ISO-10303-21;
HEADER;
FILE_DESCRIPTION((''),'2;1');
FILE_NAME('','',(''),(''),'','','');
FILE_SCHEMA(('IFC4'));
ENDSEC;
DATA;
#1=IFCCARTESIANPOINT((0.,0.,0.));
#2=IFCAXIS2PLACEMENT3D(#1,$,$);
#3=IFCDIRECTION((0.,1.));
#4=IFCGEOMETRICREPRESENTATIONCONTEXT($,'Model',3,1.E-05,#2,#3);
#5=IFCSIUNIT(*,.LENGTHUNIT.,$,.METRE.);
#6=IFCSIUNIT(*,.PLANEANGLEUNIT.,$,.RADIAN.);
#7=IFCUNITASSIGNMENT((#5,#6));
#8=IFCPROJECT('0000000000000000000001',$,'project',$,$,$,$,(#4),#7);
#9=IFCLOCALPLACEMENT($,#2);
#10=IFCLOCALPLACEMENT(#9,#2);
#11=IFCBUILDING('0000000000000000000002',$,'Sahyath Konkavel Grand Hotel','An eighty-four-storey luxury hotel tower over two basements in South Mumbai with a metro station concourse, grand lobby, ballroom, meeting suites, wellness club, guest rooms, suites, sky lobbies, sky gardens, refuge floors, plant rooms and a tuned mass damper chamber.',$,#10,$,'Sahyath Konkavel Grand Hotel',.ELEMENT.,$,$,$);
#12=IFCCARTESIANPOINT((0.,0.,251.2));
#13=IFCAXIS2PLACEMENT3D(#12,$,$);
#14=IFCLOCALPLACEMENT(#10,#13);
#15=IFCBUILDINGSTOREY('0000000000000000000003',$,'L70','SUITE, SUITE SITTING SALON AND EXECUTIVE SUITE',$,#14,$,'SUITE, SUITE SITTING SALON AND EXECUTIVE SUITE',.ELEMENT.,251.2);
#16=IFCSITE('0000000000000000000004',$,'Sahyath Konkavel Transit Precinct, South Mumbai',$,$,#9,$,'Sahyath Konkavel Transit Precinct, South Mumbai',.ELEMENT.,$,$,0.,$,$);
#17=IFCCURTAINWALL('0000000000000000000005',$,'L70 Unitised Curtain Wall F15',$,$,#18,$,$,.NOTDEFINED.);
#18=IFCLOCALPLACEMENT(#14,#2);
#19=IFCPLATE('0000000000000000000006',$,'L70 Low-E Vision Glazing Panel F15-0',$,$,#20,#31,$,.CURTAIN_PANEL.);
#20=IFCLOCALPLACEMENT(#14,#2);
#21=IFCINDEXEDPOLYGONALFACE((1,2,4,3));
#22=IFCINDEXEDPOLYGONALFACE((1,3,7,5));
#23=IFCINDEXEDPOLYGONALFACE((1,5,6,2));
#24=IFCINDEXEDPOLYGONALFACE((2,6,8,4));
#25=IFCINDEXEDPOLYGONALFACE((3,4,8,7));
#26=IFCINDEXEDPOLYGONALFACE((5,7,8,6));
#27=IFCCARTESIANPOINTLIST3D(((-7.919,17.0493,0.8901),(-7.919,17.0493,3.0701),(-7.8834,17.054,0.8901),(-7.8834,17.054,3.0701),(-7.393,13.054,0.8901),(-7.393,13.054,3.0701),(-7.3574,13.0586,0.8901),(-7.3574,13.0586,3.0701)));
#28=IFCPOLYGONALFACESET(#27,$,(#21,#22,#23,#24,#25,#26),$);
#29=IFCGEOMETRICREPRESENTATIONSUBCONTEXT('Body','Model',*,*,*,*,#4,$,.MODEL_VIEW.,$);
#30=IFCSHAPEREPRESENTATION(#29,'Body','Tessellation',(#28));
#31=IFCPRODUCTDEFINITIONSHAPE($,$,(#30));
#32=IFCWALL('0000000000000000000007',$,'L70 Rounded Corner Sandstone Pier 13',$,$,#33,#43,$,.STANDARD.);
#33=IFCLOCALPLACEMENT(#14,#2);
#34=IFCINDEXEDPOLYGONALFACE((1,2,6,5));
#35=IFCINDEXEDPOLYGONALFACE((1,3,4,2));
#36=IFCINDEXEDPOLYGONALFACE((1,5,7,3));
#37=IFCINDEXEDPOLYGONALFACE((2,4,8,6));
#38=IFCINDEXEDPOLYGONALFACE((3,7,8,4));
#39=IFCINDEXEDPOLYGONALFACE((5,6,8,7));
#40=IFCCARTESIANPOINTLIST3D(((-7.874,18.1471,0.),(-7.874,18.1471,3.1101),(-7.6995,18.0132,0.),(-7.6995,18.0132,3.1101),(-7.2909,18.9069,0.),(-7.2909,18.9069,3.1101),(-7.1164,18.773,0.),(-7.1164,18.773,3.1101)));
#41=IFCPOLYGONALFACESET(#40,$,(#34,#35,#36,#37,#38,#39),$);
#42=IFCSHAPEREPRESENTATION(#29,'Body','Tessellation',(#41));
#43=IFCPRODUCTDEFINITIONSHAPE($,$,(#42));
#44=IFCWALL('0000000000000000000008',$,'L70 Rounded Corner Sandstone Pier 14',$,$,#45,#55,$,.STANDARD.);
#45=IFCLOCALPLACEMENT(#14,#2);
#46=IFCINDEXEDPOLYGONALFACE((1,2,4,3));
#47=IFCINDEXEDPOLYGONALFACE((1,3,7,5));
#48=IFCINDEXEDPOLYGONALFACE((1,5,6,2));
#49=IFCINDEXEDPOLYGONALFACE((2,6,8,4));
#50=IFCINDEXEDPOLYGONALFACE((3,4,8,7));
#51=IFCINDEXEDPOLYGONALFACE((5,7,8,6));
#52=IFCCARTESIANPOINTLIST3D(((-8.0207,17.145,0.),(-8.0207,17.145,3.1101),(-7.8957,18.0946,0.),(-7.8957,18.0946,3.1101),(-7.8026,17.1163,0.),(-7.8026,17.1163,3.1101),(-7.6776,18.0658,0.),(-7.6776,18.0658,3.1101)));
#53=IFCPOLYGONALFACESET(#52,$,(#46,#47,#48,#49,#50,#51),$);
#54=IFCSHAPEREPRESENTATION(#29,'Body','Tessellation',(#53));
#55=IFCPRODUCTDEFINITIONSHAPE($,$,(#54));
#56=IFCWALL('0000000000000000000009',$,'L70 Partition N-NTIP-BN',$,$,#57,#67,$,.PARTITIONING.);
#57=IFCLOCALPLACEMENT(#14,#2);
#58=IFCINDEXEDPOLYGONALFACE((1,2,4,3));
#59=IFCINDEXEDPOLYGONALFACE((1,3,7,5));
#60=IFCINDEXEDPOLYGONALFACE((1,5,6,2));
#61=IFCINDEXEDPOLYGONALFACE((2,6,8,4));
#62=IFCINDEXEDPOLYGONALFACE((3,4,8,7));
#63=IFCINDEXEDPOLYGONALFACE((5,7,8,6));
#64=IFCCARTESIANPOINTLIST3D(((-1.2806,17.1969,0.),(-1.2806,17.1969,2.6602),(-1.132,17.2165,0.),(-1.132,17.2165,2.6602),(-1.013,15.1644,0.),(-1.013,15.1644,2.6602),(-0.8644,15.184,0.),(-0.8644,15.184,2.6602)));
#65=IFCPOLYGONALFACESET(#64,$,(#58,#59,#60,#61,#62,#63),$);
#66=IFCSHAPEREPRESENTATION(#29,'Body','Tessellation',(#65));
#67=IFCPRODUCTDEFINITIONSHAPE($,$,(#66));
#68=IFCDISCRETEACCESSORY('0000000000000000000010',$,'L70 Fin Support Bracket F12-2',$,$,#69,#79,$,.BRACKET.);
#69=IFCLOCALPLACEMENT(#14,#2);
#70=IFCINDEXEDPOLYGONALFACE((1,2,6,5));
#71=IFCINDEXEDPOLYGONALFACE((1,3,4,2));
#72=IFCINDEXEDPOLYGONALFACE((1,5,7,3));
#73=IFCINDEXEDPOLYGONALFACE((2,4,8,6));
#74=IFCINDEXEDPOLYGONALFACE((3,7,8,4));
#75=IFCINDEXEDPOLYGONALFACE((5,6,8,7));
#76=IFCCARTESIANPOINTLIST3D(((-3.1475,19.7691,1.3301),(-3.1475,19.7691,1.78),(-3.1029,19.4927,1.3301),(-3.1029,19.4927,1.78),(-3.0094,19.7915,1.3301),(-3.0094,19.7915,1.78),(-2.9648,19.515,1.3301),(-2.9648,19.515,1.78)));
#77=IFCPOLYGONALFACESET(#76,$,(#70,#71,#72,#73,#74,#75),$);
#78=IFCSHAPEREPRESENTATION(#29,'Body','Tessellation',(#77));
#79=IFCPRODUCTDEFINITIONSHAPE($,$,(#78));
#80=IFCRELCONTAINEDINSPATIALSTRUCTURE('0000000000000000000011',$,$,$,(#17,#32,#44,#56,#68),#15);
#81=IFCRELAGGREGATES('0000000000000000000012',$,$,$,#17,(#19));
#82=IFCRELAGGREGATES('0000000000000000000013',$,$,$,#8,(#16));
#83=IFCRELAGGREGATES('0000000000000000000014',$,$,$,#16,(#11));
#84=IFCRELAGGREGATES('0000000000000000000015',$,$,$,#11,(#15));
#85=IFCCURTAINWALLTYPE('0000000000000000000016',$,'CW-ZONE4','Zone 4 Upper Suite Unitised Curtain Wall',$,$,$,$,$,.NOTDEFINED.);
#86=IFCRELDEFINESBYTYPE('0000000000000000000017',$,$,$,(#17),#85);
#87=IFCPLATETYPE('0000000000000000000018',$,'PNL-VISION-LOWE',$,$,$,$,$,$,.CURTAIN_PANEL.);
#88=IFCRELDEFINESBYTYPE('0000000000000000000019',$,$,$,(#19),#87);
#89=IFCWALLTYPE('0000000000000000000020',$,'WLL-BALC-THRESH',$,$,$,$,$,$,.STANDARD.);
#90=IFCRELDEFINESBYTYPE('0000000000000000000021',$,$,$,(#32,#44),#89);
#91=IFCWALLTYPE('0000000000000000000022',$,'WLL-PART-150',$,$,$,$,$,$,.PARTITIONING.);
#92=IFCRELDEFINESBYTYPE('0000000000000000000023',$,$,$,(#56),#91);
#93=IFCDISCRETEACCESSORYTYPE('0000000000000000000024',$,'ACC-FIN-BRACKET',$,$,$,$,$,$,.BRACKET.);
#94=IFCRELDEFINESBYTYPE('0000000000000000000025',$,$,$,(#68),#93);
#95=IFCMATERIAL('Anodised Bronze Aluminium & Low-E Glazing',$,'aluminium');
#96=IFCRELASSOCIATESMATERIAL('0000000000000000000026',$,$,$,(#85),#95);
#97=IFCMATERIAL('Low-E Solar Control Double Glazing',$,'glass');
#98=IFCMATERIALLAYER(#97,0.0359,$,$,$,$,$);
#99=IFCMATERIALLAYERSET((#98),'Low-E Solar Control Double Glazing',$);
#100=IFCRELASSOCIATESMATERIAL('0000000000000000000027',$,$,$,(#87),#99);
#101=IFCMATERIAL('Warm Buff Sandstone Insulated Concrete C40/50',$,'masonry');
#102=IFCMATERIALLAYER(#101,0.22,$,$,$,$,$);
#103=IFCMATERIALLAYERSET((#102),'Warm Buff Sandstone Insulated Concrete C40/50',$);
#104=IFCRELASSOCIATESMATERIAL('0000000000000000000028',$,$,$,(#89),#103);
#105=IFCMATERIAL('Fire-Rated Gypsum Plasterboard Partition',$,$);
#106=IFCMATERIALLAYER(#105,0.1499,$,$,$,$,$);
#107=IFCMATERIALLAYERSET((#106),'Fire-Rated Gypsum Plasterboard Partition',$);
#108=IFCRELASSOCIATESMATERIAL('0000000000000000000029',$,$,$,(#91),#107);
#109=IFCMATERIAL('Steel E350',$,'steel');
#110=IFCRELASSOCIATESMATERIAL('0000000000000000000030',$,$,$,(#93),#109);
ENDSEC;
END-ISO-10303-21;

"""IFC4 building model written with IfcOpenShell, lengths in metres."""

from ifc_helpers import new_model, si_unit, direction, frame, frame_2d, origin, origin_2d, place, context, subcontext, project, spatial, rectangle, extrude, source, transform, mapped, material, layer, layer_set, type_object, element, aggregate, save


model = new_model("IFC4")

# Units and contexts
model_context = context("Model", 3, precision=1e-05, world=origin(), true_north=direction((0.0, 1.0)))
body_context = subcontext(model_context, "Body", "Model", "MODEL_VIEW")
ifc_project = project(units=[si_unit("LENGTHUNIT", "METRE"), si_unit("PLANEANGLEUNIT", "RADIAN")], contexts=[model_context])

# Site, building, storey
site_placement = place(None, origin())
site = spatial("IfcSite", under=ifc_project, at=site_placement, Name="Sahyath Konkavel Transit Precinct, South Mumbai", LongName="Sahyath Konkavel Transit Precinct, South Mumbai", CompositionType="ELEMENT", RefElevation=0.0)
building_placement = place(site_placement, origin())
building = spatial("IfcBuilding", under=site, at=building_placement, Name="Sahyath Konkavel Grand Hotel", Description="An eighty-four-storey luxury hotel tower over two basements in South Mumbai with a metro station concourse, grand lobby, ballroom, meeting suites, wellness club, guest rooms, suites, sky lobbies, sky gardens, refuge floors, plant rooms and a tuned mass damper chamber.", LongName="Sahyath Konkavel Grand Hotel", CompositionType="ELEMENT")
storey_placement = place(building_placement, frame((0.0, 0.0, 251.2)))
storey = spatial("IfcBuildingStorey", under=building, at=storey_placement, Name="L70", Description="SUITE, SUITE SITTING SALON AND EXECUTIVE SUITE", LongName="SUITE, SUITE SITTING SALON AND EXECUTIVE SUITE", CompositionType="ELEMENT", Elevation=251.2)

# Shared definitions
ifc_material_1 = material(Name="Steel E350", Category="steel")

# Curtain wall
ifc_material_2 = material(Name="Anodised Bronze Aluminium & Low-E Glazing", Category="aluminium")
curtain_wall_type = type_object("IfcCurtainWallType", Name="CW-ZONE4", Description="Zone 4 Upper Suite Unitised Curtain Wall", PredefinedType="NOTDEFINED", material=ifc_material_2)
curtain_wall_1_placement = place(storey_placement, origin())
curtain_wall_1 = element("IfcCurtainWall", 1, at=curtain_wall_1_placement, inside=storey, type_object=curtain_wall_type, Name="L70 Unitised Curtain Wall F15", PredefinedType="NOTDEFINED")

# Plate
ifc_material_3 = material(Name="Low-E Solar Control Double Glazing", Category="glass")
ifc_layer_1 = layer(ifc_material_3, 0.0359)
ifc_layer_set_1 = layer_set([ifc_layer_1], Name="Low-E Solar Control Double Glazing")
plate_type_1 = type_object("IfcPlateType", Name="PNL-VISION-LOWE", PredefinedType="CURTAIN_PANEL", material=ifc_layer_set_1)
shared_shape_1 = source(origin(), body_context, "Body", "SweptSolid", [
    extrude(rectangle(XDim=4.0298, YDim=0.0359, at=origin_2d()), origin(), (0.0, 0.0, 1.0), 2.1799),
])
plate_1_placement = place(storey_placement, frame((-7.6382, 15.054, 0.8901), z_axis=(0.0, 0.0, 1.0), x_axis=(0.130526, -0.991445, 0.0)))
plate_1 = element("IfcPlate", 2, at=plate_1_placement, type_object=plate_type_1, Name="L70 Low-E Vision Glazing Panel F15-0", PredefinedType="CURTAIN_PANEL", context=body_context, shape_type="MappedRepresentation", body=[
    mapped(shared_shape_1, transform((0.0, 0.0, 0.0), scale=1.0)),
])
aggregate(curtain_wall_1, [plate_1])

# Walls
ifc_material_4 = material(Name="Warm Buff Sandstone Insulated Concrete C40/50", Category="masonry")
ifc_layer_2 = layer(ifc_material_4, 0.22)
ifc_layer_set_2 = layer_set([ifc_layer_2], Name="Warm Buff Sandstone Insulated Concrete C40/50")
wall_type_1 = type_object("IfcWallType", Name="WLL-BALC-THRESH", PredefinedType="STANDARD", material=ifc_layer_set_2)
for number, where, z_axis, x_axis, name in (
    (3, (-7.2036, 18.8401, 0.0), (0.0, 0.0, 1.0), (-0.608774, -0.793344, 0.0), "L70 Rounded Corner Sandstone Pier 13"),
    (4, (-7.7866, 18.0803, 0.0), (0.0, 0.0, 1.0), (-0.130527, -0.991445, 0.0), "L70 Rounded Corner Sandstone Pier 14"),
):
    element("IfcWall", number, at=place(storey_placement, frame(where, z_axis=z_axis, x_axis=x_axis)), inside=storey, type_object=wall_type_1, Name=name, PredefinedType="STANDARD", context=body_context, shape_type="SweptSolid", body=[
        extrude(rectangle(XDim=0.9578, YDim=0.22, at=frame_2d((0.479, 0.0))), origin(), (0.0, 0.0, 1.0), 3.1101),
    ])
ifc_material_5 = material(Name="Fire-Rated Gypsum Plasterboard Partition")
ifc_layer_3 = layer(ifc_material_5, 0.1499)
ifc_layer_set_3 = layer_set([ifc_layer_3], Name="Fire-Rated Gypsum Plasterboard Partition")
wall_type_2 = type_object("IfcWallType", Name="WLL-PART-150", PredefinedType="PARTITIONING", material=ifc_layer_set_3)
wall_placement = place(storey_placement, frame((-0.9387, 15.1743, 0.0), z_axis=(0.0, 0.0, 1.0), x_axis=(-0.130525, 0.991445, 0.0)))
element("IfcWall", 5, at=wall_placement, inside=storey, type_object=wall_type_2, Name="L70 Partition N-NTIP-BN", PredefinedType="PARTITIONING", context=body_context, shape_type="SweptSolid", body=[
    extrude(rectangle(XDim=2.05, YDim=0.1499, at=frame_2d((1.0249, 0.0))), origin(), (0.0, 0.0, 1.0), 2.6602),
])

# Discrete accessory
discrete_accessory_type = type_object("IfcDiscreteAccessoryType", Name="ACC-FIN-BRACKET", PredefinedType="BRACKET", material=ifc_material_1)
shared_shape_2 = source(origin(), body_context, "Body", "SweptSolid", [
    extrude(rectangle(XDim=0.28, YDim=0.1399, at=origin_2d()), origin(), (0.0, 0.0, 1.0), 0.45),
])
discrete_accessory_placement = place(storey_placement, frame((-3.0562, 19.6421, 1.3301), z_axis=(0.0, 0.0, 1.0), x_axis=(-0.159588, 0.987184, 0.0)))
element("IfcDiscreteAccessory", 6, at=discrete_accessory_placement, inside=storey, type_object=discrete_accessory_type, Name="L70 Fin Support Bracket F12-2", PredefinedType="BRACKET", context=body_context, shape_type="MappedRepresentation", body=[
    mapped(shared_shape_2, transform((0.0, 0.0, 0.0), scale=1.0)),
])

save(model, "model.ifc")
